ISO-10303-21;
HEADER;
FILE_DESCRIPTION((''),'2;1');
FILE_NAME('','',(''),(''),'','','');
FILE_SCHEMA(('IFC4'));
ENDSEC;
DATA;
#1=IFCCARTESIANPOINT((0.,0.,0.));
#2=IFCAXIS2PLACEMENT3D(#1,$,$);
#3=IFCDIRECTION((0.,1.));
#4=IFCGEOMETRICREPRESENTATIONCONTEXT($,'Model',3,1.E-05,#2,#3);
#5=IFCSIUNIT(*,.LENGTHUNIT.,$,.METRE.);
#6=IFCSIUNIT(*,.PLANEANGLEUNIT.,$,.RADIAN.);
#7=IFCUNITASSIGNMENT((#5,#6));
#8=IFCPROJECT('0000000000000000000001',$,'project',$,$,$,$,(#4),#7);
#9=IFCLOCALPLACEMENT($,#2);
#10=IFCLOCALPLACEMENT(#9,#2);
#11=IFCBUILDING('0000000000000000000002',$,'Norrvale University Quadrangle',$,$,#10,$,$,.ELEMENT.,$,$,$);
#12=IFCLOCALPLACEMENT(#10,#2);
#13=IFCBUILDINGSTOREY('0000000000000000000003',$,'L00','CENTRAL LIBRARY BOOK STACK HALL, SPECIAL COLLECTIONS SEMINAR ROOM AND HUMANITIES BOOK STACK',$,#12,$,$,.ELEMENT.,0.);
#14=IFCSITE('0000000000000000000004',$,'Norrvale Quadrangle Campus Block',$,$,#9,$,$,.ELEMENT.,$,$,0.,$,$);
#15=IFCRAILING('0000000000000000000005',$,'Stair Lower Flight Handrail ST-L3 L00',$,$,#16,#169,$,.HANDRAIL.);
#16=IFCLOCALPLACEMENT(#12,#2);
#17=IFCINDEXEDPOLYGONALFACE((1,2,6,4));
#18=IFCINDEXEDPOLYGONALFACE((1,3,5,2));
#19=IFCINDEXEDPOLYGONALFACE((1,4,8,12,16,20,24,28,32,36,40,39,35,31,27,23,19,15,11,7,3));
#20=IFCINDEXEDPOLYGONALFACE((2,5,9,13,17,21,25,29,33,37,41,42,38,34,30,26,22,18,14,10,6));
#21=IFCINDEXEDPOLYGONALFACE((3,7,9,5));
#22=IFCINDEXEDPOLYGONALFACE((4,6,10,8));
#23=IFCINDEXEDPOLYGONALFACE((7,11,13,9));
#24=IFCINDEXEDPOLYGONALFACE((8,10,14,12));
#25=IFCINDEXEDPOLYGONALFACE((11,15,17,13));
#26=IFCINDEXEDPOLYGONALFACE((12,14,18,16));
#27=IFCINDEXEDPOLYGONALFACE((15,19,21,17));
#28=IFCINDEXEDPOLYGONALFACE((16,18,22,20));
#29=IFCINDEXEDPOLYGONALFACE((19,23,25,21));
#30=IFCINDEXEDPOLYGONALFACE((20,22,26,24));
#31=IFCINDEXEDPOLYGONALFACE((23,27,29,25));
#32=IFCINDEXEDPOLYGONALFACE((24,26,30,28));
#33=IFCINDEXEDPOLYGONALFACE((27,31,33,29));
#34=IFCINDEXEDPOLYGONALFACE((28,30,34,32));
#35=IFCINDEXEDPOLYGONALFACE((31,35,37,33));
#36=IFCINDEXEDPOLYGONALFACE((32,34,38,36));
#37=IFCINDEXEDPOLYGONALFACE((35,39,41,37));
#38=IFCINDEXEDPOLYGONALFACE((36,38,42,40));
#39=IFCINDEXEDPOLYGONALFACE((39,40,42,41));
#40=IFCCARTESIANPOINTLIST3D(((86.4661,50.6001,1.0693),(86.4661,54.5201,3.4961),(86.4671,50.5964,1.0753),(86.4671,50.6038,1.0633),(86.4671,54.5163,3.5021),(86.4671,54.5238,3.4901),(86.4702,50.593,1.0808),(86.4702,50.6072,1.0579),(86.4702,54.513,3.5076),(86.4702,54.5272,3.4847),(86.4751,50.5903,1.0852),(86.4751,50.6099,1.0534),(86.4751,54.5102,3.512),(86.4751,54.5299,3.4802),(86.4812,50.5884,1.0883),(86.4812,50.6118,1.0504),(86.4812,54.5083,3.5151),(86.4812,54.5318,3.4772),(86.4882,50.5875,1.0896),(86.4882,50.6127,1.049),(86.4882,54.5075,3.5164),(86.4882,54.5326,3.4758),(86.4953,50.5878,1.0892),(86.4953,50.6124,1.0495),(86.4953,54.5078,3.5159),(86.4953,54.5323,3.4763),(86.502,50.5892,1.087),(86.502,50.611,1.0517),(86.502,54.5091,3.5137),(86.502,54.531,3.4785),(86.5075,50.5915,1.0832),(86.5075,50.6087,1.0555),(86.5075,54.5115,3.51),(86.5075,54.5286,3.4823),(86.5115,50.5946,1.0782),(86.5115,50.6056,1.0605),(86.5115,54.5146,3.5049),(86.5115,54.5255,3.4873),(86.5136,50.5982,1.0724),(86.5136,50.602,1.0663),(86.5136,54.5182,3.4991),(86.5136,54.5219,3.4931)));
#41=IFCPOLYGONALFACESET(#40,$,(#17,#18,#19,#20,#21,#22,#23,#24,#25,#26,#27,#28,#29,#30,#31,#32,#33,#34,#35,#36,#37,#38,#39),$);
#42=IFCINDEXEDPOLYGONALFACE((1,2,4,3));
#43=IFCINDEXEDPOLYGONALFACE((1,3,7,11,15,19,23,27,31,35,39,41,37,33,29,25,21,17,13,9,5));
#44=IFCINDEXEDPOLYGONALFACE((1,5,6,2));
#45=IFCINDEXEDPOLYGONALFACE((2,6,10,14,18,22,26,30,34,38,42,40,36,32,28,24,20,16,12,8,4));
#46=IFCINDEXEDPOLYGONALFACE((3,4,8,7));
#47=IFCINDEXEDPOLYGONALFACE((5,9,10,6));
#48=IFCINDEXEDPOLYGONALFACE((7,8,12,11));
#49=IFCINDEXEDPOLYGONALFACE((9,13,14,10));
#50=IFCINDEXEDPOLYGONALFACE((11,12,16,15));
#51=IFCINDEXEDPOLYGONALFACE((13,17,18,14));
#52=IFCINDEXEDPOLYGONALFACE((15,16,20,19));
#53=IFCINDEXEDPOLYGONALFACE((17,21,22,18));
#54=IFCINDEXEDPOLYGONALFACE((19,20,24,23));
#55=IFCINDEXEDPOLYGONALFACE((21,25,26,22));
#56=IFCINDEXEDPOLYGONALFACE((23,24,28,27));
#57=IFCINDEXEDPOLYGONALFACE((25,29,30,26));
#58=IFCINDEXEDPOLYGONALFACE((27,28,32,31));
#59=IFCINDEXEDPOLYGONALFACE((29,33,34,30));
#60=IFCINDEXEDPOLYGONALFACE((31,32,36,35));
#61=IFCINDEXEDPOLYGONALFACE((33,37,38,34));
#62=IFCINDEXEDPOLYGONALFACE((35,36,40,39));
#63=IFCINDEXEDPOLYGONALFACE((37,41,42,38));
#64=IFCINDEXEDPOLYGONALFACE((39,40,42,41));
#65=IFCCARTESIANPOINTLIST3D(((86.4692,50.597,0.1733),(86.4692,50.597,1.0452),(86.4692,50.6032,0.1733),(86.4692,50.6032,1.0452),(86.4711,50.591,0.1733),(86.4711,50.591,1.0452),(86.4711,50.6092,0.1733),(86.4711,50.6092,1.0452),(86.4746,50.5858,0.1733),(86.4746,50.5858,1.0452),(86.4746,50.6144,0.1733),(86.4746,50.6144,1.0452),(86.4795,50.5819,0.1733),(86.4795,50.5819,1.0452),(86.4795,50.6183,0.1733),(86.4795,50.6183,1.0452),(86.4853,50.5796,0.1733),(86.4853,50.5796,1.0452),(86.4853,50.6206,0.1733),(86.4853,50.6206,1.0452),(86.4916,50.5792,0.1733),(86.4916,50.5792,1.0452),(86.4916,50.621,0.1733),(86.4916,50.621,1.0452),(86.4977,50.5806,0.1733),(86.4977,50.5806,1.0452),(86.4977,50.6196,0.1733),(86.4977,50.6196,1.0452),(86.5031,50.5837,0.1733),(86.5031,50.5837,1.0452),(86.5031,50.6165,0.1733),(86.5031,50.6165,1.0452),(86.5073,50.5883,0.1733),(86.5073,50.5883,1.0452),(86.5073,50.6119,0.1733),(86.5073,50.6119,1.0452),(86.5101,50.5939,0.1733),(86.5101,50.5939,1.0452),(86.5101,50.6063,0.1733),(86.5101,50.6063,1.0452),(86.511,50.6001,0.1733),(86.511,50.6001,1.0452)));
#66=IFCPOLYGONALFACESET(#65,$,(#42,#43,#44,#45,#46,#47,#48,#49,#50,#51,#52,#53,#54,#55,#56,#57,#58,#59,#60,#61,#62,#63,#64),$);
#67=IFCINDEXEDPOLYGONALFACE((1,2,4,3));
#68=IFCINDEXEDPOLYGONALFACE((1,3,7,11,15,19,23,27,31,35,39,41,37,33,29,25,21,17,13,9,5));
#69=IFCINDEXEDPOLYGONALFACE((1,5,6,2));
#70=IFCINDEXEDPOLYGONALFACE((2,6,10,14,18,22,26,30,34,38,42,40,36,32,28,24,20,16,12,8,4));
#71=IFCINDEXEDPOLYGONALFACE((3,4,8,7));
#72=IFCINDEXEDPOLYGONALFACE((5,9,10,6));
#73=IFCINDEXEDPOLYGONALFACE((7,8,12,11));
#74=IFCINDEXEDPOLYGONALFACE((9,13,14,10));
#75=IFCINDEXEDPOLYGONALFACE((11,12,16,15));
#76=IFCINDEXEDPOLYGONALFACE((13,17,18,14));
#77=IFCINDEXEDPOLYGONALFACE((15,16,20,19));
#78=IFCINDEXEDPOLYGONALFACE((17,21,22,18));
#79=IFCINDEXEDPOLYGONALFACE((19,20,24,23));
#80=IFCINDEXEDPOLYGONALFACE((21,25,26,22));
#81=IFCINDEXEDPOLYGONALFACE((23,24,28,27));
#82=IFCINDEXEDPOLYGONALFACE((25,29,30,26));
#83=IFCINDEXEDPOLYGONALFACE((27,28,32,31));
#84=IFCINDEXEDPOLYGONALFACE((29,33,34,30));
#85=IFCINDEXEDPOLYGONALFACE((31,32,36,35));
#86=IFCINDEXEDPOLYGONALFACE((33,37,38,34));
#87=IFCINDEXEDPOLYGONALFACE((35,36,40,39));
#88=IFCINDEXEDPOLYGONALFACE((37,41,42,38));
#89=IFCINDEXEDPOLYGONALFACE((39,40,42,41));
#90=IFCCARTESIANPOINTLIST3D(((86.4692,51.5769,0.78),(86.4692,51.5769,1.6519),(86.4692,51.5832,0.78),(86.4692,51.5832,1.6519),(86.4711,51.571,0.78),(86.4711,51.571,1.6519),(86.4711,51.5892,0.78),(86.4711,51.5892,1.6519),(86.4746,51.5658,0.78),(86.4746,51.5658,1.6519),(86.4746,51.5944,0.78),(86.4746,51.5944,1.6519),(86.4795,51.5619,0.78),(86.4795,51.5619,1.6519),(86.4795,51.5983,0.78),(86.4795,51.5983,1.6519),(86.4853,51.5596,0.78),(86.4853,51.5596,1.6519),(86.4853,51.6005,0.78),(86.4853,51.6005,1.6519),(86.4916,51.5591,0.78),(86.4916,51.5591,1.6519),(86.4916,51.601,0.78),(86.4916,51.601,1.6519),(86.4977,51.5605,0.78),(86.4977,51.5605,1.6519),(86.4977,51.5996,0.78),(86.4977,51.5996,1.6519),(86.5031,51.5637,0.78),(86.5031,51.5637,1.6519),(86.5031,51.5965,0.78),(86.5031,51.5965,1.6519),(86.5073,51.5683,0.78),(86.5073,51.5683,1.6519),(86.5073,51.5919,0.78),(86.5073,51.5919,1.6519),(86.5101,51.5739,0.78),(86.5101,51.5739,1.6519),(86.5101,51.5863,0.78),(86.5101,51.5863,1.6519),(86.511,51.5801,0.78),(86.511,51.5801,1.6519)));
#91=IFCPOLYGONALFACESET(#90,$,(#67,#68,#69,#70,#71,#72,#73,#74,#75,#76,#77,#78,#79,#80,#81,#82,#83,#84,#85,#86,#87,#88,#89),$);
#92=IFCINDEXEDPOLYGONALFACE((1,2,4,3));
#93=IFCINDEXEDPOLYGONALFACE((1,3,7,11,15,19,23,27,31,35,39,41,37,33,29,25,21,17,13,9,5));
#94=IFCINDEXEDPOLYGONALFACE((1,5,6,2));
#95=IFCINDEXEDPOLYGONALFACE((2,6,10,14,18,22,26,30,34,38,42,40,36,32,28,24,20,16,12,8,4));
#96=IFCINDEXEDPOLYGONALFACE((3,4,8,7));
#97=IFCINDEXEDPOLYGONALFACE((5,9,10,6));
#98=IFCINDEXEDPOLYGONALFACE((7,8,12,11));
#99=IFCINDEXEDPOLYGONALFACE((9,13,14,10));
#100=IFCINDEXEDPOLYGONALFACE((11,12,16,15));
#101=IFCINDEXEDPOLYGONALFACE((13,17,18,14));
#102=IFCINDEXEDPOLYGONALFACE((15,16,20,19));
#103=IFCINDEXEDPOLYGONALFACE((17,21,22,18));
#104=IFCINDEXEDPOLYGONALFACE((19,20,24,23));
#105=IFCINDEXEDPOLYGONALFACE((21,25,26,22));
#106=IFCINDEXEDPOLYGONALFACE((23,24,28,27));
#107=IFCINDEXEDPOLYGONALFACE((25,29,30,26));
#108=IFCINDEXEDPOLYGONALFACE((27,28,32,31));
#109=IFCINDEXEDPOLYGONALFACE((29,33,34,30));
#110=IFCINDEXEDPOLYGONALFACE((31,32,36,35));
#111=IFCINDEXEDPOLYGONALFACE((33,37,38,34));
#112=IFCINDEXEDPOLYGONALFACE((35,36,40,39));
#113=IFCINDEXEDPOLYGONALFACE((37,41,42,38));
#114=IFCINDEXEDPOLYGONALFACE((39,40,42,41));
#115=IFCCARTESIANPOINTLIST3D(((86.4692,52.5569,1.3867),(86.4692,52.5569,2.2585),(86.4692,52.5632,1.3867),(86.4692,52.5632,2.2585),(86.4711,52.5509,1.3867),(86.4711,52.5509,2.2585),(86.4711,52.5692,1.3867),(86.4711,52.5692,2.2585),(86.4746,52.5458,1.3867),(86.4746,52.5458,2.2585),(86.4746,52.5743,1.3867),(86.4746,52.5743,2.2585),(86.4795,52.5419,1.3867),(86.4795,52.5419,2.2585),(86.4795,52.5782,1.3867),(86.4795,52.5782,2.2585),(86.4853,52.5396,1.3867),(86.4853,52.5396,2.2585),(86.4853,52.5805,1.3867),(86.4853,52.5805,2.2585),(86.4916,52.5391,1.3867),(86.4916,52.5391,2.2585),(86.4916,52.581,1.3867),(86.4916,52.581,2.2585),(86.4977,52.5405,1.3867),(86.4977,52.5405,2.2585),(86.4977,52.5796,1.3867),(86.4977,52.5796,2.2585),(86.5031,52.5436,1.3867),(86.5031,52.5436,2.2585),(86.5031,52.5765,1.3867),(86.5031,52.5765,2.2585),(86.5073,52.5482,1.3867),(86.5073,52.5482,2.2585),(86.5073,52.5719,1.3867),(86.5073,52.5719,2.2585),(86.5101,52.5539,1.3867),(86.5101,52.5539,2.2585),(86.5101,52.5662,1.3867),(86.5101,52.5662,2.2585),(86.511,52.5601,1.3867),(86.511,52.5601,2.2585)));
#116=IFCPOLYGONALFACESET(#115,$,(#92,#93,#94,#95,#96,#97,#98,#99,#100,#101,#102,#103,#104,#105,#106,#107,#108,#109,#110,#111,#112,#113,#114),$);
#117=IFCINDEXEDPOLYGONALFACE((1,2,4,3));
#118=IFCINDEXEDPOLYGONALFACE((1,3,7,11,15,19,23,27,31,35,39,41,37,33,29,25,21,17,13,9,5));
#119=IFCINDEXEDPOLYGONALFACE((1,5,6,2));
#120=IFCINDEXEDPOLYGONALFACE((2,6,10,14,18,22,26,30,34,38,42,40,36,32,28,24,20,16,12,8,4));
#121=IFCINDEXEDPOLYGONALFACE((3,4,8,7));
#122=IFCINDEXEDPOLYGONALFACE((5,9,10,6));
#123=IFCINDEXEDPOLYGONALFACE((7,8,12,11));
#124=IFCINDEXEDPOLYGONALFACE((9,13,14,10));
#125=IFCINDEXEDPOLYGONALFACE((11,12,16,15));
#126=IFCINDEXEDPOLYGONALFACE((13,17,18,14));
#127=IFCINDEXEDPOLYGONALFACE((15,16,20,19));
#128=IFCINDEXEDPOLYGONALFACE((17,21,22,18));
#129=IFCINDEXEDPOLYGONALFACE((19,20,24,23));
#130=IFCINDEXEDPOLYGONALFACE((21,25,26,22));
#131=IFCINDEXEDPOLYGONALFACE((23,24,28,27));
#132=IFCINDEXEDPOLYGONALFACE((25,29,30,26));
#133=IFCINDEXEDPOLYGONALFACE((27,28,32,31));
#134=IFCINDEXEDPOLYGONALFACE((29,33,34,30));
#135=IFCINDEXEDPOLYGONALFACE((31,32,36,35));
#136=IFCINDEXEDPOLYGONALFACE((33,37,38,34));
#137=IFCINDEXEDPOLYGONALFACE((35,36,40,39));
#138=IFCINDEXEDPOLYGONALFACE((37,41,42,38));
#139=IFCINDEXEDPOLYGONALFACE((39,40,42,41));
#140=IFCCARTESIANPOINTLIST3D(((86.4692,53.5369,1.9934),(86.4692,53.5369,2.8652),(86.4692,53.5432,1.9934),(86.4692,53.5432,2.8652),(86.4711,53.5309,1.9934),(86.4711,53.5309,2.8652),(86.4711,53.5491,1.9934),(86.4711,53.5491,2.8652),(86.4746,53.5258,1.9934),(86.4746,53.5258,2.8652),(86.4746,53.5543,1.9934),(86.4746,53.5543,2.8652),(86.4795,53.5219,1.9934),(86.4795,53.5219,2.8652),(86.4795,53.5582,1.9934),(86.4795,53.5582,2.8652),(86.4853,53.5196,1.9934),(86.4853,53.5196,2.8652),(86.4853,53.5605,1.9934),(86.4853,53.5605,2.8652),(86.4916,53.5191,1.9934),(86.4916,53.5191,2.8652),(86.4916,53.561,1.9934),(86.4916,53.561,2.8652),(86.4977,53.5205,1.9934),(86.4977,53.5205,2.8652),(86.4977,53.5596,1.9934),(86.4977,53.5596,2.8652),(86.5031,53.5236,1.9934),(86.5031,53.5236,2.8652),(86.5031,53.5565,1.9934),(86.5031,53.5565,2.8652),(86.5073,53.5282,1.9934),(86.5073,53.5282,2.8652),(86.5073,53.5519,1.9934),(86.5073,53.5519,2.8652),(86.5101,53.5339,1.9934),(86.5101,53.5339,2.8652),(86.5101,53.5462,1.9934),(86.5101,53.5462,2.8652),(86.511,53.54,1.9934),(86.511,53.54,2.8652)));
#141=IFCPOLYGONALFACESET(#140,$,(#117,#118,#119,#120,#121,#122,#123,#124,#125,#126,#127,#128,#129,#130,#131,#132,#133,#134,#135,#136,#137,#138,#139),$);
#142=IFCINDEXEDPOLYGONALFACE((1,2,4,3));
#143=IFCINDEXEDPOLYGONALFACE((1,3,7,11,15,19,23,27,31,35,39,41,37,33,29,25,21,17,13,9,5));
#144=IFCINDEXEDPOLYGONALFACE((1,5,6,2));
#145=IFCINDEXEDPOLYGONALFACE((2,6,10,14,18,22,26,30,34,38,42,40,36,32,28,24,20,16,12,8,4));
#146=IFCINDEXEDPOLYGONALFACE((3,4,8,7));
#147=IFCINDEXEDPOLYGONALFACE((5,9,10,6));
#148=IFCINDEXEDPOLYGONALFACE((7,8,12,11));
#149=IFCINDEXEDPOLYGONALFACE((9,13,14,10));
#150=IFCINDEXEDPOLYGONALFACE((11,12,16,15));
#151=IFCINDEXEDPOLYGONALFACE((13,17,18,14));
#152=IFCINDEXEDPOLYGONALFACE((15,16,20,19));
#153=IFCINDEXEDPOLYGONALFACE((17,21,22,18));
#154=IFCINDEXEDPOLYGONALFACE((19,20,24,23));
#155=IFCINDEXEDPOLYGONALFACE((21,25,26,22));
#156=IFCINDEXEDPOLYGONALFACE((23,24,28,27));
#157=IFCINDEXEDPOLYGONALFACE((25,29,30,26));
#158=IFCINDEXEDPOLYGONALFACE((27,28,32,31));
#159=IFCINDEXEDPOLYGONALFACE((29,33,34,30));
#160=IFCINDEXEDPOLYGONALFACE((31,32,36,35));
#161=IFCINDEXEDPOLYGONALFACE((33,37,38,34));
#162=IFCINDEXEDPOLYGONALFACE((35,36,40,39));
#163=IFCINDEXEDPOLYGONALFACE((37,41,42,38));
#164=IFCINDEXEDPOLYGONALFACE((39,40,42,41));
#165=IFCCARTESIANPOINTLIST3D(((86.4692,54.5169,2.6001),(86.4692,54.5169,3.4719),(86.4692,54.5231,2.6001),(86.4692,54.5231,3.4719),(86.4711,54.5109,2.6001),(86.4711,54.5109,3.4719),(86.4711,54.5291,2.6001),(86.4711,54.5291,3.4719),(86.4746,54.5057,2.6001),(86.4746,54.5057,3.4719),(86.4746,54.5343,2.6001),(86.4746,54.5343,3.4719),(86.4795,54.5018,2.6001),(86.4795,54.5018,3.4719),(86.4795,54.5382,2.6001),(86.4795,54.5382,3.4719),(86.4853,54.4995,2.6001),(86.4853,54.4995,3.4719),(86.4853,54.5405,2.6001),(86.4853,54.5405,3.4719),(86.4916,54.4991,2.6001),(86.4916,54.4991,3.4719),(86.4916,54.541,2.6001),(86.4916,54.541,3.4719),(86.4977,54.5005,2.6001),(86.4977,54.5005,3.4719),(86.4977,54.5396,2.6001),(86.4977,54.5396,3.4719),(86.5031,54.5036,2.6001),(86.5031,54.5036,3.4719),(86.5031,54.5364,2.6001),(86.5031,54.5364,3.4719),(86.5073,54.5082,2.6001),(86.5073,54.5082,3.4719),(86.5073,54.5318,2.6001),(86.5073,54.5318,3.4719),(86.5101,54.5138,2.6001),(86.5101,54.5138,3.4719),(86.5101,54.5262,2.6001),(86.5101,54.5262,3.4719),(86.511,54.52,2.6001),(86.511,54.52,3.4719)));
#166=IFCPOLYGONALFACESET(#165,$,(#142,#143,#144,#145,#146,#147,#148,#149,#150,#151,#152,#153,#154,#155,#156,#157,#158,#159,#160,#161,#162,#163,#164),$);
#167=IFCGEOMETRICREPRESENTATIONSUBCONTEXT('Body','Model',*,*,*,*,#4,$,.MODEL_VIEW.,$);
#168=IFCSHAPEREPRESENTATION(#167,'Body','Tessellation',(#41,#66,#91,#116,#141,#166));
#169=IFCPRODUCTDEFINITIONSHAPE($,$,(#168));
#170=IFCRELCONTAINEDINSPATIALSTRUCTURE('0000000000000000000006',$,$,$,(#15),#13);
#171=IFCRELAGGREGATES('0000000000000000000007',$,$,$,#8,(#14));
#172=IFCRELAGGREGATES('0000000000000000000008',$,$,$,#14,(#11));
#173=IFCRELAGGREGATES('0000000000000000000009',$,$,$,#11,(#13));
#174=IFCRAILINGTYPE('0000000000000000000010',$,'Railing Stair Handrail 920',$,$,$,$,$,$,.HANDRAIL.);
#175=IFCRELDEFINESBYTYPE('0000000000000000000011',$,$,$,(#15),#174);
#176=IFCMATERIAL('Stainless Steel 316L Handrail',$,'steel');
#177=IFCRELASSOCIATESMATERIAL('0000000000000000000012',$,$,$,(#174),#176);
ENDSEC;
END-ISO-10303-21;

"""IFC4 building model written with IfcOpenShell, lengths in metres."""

from ifc_helpers import new_model, si_unit, direction, frame, origin, origin_2d, place, context, subcontext, project, spatial, circle, extrude, material, type_object, element, save


model = new_model("IFC4")

# Units and contexts
model_context = context("Model", 3, precision=1e-05, world=origin(), true_north=direction((0.0, 1.0)))
body_context = subcontext(model_context, "Body", "Model", "MODEL_VIEW")
ifc_project = project(units=[si_unit("LENGTHUNIT", "METRE"), si_unit("PLANEANGLEUNIT", "RADIAN")], contexts=[model_context])

# Site, building, storey
site_placement = place(None, origin())
site = spatial("IfcSite", under=ifc_project, at=site_placement, Name="Norrvale Quadrangle Campus Block", CompositionType="ELEMENT", RefElevation=0.0)
building_placement = place(site_placement, origin())
building = spatial("IfcBuilding", under=site, at=building_placement, Name="Norrvale University Quadrangle", CompositionType="ELEMENT")
storey_placement = place(building_placement, origin())
storey = spatial("IfcBuildingStorey", under=building, at=storey_placement, Name="L00", Description="CENTRAL LIBRARY BOOK STACK HALL, SPECIAL COLLECTIONS SEMINAR ROOM AND HUMANITIES BOOK STACK", CompositionType="ELEMENT", Elevation=0.0)

# Railing
ifc_material_1 = material(Name="Stainless Steel 316L Handrail", Category="steel")
railing_type_1 = type_object("IfcRailingType", Name="Railing Stair Handrail 920", PredefinedType="HANDRAIL", material=ifc_material_1)
railing_1_placement = place(storey_placement, frame((86.49, 50.6001, 0.1733)))
element("IfcRailing", 1, at=railing_1_placement, inside=storey, type_object=railing_type_1, Name="Stair Lower Flight Handrail ST-L3 L00", PredefinedType="HANDRAIL", context=body_context, shape_type="SweptSolid", body=[
    extrude(circle(Radius=0.0239, at=origin_2d()), frame((0.0, 0.0, 0.896), z_axis=(0.0, 0.850252, 0.526376), x_axis=(-1.0, 0.0, 0.0)), (0.0, 0.0, 1.0), 4.6104),
    extrude(circle(Radius=0.021, at=origin_2d()), origin(), (0.0, 0.0, 1.0), 0.8718),
    extrude(circle(Radius=0.021, at=origin_2d()), frame((0.0, 0.98, 0.6067)), (0.0, 0.0, 1.0), 0.8718),
    extrude(circle(Radius=0.021, at=origin_2d()), frame((0.0, 1.96, 1.2134)), (0.0, 0.0, 1.0), 0.8718),
    extrude(circle(Radius=0.021, at=origin_2d()), frame((0.0, 2.9399, 1.8201)), (0.0, 0.0, 1.0), 0.8718),
    extrude(circle(Radius=0.021, at=origin_2d()), frame((0.0, 3.9199, 2.4268)), (0.0, 0.0, 1.0), 0.8718),
])

save(model, "model.ifc")
